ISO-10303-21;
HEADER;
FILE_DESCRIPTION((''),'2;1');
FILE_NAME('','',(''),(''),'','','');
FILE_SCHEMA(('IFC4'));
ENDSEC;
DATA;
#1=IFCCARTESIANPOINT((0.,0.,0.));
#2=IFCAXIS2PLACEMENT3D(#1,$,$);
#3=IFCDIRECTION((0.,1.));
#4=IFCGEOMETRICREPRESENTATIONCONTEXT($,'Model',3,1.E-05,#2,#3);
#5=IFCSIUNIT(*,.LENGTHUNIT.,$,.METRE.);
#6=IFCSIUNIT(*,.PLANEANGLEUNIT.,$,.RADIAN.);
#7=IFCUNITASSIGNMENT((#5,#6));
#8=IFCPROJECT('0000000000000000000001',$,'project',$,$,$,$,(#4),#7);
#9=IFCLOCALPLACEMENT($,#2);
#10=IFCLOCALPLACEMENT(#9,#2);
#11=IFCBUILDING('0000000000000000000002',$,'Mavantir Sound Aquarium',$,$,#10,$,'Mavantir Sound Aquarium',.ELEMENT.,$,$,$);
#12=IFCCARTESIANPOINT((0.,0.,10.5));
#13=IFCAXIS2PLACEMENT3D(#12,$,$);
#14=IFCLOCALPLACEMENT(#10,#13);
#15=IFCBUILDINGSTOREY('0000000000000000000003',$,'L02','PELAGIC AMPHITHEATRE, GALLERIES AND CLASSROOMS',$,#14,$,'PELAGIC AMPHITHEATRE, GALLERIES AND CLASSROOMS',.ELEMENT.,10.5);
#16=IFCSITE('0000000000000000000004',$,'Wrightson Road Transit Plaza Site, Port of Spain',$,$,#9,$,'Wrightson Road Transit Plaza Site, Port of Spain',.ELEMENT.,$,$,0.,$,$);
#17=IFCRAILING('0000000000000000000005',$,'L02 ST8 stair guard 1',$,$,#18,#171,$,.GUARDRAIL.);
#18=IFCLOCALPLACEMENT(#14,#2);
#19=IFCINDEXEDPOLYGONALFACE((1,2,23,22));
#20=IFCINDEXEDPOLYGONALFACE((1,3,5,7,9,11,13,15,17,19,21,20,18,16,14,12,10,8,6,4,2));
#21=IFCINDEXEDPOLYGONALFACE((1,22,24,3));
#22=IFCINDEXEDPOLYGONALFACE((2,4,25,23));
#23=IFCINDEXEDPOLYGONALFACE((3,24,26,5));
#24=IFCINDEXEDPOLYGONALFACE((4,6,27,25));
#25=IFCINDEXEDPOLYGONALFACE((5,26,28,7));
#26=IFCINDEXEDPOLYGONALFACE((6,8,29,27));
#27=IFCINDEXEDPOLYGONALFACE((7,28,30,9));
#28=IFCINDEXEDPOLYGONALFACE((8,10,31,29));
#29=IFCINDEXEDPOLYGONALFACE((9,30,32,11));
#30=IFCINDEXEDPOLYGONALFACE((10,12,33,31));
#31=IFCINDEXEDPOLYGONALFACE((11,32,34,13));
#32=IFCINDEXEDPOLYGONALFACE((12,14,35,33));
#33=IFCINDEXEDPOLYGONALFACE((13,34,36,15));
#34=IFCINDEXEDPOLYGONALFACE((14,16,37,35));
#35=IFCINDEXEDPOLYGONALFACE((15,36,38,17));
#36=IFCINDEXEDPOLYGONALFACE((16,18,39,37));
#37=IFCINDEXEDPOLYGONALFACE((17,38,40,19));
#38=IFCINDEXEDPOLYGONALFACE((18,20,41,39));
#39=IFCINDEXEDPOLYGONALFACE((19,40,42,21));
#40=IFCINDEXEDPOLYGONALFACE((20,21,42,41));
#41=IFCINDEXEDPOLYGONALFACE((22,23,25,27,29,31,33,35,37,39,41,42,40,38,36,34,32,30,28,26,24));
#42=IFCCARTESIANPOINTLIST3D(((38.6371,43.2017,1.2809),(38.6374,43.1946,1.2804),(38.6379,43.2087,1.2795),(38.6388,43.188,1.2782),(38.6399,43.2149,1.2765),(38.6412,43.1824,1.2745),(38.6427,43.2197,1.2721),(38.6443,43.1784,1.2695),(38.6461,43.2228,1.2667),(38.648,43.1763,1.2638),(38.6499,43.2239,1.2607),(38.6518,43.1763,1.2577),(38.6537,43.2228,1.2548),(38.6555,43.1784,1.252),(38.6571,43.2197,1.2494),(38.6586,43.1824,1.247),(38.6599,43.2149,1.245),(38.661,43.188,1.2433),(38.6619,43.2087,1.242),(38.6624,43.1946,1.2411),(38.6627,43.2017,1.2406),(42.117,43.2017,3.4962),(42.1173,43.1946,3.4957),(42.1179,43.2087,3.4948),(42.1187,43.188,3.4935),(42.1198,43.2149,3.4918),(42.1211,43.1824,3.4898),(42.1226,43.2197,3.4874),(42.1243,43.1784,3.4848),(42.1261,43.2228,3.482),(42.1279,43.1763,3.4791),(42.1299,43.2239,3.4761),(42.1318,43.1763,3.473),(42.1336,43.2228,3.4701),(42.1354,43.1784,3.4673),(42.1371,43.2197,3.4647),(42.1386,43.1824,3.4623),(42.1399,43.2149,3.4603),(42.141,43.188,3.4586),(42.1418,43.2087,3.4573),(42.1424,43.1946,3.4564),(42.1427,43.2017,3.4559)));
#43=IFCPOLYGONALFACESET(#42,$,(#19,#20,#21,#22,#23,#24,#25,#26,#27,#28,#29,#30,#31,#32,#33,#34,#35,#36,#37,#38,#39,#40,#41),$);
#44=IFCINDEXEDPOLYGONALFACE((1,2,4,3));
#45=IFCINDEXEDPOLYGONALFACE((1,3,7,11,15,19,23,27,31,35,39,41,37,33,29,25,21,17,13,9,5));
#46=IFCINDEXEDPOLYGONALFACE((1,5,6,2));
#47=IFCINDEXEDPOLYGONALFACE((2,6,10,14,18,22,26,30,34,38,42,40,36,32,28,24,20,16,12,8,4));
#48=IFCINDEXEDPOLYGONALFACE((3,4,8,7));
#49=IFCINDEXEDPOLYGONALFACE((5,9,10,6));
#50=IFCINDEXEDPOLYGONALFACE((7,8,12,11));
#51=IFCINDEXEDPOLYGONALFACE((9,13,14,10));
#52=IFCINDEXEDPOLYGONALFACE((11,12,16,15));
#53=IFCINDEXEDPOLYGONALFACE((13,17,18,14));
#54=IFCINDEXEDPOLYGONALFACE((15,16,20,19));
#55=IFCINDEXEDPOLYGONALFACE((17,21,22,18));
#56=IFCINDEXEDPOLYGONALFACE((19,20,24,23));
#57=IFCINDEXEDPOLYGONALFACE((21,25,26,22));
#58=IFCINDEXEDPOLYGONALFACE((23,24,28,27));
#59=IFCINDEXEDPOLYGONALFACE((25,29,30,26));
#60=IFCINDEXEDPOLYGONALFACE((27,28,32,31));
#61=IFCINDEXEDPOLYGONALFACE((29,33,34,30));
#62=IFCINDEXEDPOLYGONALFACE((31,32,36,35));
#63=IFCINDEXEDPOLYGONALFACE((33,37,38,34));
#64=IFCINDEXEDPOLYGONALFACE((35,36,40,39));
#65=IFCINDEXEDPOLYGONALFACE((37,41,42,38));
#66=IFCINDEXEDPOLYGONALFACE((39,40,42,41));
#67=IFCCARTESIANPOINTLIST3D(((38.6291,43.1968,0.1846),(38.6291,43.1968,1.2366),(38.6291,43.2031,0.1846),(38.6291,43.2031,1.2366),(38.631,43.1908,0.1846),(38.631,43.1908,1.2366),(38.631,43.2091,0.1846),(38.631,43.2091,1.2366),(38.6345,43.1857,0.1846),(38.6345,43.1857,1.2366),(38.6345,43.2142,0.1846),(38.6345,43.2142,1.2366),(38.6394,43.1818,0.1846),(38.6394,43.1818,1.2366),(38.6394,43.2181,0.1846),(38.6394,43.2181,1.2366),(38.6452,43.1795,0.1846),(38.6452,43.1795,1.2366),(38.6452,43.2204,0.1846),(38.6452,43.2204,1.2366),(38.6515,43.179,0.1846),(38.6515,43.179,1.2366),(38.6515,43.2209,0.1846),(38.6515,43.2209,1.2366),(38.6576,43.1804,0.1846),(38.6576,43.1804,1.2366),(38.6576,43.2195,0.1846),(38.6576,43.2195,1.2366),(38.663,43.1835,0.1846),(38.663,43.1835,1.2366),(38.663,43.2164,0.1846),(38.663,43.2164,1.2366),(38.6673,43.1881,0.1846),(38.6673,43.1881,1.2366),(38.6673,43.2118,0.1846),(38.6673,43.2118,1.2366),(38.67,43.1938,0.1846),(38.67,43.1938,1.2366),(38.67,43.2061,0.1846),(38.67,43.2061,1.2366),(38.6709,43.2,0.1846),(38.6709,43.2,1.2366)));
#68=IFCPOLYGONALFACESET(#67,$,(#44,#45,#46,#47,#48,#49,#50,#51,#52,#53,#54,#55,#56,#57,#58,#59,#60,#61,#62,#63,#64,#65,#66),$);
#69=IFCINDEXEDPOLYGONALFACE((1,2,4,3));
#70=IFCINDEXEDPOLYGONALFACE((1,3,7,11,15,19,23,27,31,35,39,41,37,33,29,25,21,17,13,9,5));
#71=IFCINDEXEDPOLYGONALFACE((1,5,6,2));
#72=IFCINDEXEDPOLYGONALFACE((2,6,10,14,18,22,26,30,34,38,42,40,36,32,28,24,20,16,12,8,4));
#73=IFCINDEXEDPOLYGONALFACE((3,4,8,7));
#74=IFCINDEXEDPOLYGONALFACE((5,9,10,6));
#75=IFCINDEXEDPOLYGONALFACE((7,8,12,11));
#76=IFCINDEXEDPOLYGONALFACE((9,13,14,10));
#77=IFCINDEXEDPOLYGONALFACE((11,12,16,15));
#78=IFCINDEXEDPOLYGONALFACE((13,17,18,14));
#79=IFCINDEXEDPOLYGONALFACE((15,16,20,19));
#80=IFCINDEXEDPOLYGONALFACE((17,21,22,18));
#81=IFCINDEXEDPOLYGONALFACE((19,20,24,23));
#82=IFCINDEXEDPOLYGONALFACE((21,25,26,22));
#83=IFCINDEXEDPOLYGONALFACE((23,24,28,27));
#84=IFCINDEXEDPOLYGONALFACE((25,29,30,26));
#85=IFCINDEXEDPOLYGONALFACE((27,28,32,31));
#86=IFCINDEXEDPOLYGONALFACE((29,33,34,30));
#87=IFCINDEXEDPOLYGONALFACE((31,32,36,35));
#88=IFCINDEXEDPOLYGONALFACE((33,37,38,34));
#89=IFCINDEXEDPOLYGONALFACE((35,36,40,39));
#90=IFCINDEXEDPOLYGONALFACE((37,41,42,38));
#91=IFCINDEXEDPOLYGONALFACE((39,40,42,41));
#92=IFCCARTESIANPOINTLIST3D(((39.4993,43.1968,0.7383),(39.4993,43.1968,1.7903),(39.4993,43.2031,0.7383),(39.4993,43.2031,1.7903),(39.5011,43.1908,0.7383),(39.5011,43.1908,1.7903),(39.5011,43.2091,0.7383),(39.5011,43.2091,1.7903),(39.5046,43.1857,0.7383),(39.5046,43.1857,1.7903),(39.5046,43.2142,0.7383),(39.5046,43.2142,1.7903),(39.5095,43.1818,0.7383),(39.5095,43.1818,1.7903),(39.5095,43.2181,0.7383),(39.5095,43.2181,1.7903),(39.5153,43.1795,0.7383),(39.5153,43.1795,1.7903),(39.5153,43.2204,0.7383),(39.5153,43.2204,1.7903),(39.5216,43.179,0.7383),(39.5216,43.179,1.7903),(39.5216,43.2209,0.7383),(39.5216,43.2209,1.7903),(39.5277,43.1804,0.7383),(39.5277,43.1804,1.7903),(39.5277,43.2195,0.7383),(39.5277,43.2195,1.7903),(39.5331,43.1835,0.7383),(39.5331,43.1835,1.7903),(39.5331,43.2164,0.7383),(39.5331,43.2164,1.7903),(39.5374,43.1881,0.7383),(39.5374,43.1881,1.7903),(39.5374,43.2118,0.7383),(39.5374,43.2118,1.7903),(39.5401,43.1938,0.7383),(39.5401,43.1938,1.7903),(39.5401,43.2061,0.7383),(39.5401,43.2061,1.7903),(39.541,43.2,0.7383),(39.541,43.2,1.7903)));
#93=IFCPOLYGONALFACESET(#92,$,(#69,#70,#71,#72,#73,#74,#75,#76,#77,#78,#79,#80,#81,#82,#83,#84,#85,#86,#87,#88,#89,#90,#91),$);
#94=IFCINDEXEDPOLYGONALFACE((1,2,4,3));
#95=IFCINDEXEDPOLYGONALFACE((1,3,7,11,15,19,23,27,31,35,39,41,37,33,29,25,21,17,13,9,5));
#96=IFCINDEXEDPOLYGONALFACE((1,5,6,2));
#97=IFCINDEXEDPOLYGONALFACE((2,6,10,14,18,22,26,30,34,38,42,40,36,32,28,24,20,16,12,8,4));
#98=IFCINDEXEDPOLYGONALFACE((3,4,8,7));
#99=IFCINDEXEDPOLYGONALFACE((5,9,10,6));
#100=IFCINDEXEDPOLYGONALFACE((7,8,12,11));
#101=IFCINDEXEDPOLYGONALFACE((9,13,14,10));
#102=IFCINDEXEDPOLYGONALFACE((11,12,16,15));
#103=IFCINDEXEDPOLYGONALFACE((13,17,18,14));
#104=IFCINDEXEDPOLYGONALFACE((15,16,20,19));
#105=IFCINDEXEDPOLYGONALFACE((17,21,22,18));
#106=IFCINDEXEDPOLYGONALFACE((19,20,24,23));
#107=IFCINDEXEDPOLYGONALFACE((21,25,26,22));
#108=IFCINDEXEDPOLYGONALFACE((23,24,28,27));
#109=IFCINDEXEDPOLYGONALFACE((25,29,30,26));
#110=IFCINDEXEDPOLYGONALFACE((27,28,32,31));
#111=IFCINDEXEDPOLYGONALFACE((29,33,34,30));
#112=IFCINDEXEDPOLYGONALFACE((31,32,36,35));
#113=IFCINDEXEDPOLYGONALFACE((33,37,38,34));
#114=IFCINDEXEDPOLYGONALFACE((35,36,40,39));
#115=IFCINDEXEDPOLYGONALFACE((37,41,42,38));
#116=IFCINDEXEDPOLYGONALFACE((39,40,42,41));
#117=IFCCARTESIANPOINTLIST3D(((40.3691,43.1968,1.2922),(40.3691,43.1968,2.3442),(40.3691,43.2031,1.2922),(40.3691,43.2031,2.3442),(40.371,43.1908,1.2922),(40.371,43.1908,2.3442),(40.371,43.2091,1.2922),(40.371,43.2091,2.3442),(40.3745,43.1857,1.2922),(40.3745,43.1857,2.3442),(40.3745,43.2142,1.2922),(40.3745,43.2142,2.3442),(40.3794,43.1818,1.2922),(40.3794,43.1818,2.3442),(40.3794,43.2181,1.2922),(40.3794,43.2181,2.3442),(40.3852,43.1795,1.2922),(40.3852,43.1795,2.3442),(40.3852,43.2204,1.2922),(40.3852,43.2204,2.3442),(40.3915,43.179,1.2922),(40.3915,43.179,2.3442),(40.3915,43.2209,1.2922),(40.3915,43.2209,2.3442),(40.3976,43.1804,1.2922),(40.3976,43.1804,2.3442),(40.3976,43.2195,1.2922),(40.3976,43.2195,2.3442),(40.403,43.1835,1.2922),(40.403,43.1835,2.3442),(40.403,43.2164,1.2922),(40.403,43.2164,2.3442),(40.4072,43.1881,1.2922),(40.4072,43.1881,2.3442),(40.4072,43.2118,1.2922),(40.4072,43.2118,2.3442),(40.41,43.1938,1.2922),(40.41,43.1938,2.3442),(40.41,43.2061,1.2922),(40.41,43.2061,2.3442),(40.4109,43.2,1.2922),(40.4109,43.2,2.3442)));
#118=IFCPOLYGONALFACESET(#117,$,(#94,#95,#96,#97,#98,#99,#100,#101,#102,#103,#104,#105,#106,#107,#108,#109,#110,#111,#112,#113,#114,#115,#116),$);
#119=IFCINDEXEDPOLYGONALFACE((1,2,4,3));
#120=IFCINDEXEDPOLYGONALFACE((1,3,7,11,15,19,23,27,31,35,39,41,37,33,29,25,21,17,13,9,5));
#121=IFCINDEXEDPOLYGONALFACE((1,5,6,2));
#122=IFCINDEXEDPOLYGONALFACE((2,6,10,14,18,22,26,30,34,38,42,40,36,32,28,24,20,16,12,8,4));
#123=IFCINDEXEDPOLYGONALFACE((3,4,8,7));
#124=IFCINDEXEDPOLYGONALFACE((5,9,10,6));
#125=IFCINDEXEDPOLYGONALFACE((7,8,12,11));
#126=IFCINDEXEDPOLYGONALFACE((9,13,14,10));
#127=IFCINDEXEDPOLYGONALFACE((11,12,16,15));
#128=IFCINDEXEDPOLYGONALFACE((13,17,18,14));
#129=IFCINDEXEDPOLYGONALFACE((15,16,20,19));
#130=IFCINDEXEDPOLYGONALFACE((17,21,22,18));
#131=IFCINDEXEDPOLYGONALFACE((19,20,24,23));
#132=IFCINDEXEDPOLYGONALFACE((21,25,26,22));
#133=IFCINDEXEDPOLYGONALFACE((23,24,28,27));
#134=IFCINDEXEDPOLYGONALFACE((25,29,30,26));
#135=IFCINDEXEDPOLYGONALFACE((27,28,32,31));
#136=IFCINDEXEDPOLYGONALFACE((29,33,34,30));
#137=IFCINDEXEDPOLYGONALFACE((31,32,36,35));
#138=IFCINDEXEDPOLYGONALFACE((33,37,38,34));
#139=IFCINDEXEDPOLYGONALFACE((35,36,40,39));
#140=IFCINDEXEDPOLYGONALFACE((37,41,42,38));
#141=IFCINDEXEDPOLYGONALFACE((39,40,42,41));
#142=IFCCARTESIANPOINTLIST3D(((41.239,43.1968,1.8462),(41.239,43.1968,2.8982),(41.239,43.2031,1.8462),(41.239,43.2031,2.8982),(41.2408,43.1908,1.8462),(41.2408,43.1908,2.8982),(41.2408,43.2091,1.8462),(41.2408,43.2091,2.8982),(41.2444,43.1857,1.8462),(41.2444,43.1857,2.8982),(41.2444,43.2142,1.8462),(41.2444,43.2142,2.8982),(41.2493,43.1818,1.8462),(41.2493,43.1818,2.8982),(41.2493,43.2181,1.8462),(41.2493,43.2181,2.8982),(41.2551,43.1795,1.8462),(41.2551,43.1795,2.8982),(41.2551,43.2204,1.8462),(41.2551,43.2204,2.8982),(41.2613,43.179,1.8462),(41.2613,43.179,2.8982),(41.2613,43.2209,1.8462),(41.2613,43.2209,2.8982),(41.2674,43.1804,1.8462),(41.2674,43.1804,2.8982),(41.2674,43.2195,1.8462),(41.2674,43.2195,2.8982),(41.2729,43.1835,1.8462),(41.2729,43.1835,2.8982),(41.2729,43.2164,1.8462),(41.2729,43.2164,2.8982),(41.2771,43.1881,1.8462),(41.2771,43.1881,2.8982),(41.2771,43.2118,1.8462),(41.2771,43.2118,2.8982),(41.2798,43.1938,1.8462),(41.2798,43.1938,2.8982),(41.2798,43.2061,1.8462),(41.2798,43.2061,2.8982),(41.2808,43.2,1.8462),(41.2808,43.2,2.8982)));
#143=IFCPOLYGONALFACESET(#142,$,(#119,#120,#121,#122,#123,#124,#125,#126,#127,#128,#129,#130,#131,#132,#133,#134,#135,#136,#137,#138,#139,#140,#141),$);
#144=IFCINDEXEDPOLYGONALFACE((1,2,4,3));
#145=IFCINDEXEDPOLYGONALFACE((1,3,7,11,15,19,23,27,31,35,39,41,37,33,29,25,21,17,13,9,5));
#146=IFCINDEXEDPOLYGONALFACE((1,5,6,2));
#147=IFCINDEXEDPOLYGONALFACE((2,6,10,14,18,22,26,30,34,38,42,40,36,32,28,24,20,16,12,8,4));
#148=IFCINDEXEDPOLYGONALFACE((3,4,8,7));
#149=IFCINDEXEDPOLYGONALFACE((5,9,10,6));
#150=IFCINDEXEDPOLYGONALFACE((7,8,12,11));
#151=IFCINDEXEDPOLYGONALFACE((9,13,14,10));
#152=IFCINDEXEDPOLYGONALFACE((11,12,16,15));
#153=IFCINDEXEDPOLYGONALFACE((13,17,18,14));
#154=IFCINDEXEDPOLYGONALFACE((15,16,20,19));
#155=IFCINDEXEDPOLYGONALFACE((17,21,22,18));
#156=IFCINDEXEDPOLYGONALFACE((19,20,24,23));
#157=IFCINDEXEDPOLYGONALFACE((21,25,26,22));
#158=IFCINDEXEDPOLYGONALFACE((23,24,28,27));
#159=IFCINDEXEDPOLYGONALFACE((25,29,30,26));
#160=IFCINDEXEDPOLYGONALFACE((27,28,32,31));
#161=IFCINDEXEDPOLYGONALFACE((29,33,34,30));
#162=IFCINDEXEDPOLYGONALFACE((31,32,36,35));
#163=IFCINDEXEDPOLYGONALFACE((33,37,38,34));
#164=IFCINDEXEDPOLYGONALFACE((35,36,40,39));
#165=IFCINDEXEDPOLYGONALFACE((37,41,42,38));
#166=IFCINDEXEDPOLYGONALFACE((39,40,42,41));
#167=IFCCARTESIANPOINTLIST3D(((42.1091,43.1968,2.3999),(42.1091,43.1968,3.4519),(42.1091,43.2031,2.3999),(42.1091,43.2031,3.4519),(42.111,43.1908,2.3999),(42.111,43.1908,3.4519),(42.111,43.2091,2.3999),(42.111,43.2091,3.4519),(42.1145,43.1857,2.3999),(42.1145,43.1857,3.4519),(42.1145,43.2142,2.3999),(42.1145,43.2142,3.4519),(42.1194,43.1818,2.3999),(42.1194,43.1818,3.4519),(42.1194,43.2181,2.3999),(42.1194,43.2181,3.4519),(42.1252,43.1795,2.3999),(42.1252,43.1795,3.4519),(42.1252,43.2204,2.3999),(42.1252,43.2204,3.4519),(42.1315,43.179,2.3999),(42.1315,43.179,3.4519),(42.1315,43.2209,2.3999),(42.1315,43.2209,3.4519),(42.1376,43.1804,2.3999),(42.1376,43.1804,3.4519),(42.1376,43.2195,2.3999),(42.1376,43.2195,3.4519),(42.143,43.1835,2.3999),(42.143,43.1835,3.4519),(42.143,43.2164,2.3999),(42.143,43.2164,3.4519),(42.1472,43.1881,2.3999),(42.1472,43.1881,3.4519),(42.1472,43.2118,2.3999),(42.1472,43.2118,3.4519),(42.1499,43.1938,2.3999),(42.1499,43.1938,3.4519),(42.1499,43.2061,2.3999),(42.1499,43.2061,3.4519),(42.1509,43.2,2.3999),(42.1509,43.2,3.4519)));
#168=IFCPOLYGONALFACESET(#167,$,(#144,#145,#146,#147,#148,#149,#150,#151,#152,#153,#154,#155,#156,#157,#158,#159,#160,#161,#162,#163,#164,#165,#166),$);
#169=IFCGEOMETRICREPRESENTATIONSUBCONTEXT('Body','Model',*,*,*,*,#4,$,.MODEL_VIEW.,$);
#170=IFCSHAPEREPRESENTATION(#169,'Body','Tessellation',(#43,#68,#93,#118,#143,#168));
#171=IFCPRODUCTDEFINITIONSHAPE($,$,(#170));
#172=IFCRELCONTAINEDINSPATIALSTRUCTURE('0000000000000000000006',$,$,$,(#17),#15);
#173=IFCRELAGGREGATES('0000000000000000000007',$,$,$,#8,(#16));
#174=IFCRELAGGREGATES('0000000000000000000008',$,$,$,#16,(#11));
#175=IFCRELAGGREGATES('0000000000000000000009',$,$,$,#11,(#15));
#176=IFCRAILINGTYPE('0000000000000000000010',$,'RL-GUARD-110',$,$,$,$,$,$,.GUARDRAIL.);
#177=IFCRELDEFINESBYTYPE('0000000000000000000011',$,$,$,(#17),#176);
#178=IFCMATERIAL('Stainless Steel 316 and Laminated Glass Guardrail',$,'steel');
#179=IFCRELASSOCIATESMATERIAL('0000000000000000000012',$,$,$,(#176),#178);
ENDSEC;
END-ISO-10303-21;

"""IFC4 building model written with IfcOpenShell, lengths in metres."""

from ifc_helpers import new_model, si_unit, direction, frame, origin, origin_2d, place, context, subcontext, project, spatial, circle, extrude, material, type_object, element, save


model = new_model("IFC4")

# Units and contexts
model_context = context("Model", 3, precision=1e-05, world=origin(), true_north=direction((0.0, 1.0)))
body_context = subcontext(model_context, "Body", "Model", "MODEL_VIEW")
ifc_project = project(units=[si_unit("LENGTHUNIT", "METRE"), si_unit("PLANEANGLEUNIT", "RADIAN")], contexts=[model_context])

# Site, building, storey
site_placement = place(None, origin())
site = spatial("IfcSite", under=ifc_project, at=site_placement, Name="Wrightson Road Transit Plaza Site, Port of Spain", LongName="Wrightson Road Transit Plaza Site, Port of Spain", CompositionType="ELEMENT", RefElevation=0.0)
building_placement = place(site_placement, origin())
building = spatial("IfcBuilding", under=site, at=building_placement, Name="Mavantir Sound Aquarium", LongName="Mavantir Sound Aquarium", CompositionType="ELEMENT")
storey_placement = place(building_placement, frame((0.0, 0.0, 10.5)))
storey = spatial("IfcBuildingStorey", under=building, at=storey_placement, Name="L02", Description="PELAGIC AMPHITHEATRE, GALLERIES AND CLASSROOMS", LongName="PELAGIC AMPHITHEATRE, GALLERIES AND CLASSROOMS", CompositionType="ELEMENT", Elevation=10.5)

# Railing
ifc_material_1 = material(Name="Stainless Steel 316 and Laminated Glass Guardrail", Category="steel")
railing_type_1 = type_object("IfcRailingType", Name="RL-GUARD-110", PredefinedType="GUARDRAIL", material=ifc_material_1)
railing_1_placement = place(storey_placement, frame((38.6499, 43.2, 0.1846)))
element("IfcRailing", 1, at=railing_1_placement, inside=storey, type_object=railing_type_1, Name="L02 ST8 stair guard 1", PredefinedType="GUARDRAIL", context=body_context, shape_type="SweptSolid", body=[
    extrude(circle(Radius=0.0239, at=origin_2d()), frame((0.0, 0.0, 1.0762), z_axis=(0.843574, 0.0, 0.537013), x_axis=(0.0, 1.0, 0.0)), (0.0, 0.0, 1.0), 4.1252),
    extrude(circle(Radius=0.021, at=origin_2d()), origin(), (0.0, 0.0, 1.0), 1.052),
    extrude(circle(Radius=0.021, at=origin_2d()), frame((0.8701, 0.0, 0.5537)), (0.0, 0.0, 1.0), 1.052),
    extrude(circle(Radius=0.021, at=origin_2d()), frame((1.74, 0.0, 1.1077)), (0.0, 0.0, 1.0), 1.052),
    extrude(circle(Radius=0.021, at=origin_2d()), frame((2.6099, 0.0, 1.6616)), (0.0, 0.0, 1.0), 1.052),
    extrude(circle(Radius=0.021, at=origin_2d()), frame((3.48, 0.0, 2.2153)), (0.0, 0.0, 1.0), 1.052),
])

save(model, "model.ifc")
